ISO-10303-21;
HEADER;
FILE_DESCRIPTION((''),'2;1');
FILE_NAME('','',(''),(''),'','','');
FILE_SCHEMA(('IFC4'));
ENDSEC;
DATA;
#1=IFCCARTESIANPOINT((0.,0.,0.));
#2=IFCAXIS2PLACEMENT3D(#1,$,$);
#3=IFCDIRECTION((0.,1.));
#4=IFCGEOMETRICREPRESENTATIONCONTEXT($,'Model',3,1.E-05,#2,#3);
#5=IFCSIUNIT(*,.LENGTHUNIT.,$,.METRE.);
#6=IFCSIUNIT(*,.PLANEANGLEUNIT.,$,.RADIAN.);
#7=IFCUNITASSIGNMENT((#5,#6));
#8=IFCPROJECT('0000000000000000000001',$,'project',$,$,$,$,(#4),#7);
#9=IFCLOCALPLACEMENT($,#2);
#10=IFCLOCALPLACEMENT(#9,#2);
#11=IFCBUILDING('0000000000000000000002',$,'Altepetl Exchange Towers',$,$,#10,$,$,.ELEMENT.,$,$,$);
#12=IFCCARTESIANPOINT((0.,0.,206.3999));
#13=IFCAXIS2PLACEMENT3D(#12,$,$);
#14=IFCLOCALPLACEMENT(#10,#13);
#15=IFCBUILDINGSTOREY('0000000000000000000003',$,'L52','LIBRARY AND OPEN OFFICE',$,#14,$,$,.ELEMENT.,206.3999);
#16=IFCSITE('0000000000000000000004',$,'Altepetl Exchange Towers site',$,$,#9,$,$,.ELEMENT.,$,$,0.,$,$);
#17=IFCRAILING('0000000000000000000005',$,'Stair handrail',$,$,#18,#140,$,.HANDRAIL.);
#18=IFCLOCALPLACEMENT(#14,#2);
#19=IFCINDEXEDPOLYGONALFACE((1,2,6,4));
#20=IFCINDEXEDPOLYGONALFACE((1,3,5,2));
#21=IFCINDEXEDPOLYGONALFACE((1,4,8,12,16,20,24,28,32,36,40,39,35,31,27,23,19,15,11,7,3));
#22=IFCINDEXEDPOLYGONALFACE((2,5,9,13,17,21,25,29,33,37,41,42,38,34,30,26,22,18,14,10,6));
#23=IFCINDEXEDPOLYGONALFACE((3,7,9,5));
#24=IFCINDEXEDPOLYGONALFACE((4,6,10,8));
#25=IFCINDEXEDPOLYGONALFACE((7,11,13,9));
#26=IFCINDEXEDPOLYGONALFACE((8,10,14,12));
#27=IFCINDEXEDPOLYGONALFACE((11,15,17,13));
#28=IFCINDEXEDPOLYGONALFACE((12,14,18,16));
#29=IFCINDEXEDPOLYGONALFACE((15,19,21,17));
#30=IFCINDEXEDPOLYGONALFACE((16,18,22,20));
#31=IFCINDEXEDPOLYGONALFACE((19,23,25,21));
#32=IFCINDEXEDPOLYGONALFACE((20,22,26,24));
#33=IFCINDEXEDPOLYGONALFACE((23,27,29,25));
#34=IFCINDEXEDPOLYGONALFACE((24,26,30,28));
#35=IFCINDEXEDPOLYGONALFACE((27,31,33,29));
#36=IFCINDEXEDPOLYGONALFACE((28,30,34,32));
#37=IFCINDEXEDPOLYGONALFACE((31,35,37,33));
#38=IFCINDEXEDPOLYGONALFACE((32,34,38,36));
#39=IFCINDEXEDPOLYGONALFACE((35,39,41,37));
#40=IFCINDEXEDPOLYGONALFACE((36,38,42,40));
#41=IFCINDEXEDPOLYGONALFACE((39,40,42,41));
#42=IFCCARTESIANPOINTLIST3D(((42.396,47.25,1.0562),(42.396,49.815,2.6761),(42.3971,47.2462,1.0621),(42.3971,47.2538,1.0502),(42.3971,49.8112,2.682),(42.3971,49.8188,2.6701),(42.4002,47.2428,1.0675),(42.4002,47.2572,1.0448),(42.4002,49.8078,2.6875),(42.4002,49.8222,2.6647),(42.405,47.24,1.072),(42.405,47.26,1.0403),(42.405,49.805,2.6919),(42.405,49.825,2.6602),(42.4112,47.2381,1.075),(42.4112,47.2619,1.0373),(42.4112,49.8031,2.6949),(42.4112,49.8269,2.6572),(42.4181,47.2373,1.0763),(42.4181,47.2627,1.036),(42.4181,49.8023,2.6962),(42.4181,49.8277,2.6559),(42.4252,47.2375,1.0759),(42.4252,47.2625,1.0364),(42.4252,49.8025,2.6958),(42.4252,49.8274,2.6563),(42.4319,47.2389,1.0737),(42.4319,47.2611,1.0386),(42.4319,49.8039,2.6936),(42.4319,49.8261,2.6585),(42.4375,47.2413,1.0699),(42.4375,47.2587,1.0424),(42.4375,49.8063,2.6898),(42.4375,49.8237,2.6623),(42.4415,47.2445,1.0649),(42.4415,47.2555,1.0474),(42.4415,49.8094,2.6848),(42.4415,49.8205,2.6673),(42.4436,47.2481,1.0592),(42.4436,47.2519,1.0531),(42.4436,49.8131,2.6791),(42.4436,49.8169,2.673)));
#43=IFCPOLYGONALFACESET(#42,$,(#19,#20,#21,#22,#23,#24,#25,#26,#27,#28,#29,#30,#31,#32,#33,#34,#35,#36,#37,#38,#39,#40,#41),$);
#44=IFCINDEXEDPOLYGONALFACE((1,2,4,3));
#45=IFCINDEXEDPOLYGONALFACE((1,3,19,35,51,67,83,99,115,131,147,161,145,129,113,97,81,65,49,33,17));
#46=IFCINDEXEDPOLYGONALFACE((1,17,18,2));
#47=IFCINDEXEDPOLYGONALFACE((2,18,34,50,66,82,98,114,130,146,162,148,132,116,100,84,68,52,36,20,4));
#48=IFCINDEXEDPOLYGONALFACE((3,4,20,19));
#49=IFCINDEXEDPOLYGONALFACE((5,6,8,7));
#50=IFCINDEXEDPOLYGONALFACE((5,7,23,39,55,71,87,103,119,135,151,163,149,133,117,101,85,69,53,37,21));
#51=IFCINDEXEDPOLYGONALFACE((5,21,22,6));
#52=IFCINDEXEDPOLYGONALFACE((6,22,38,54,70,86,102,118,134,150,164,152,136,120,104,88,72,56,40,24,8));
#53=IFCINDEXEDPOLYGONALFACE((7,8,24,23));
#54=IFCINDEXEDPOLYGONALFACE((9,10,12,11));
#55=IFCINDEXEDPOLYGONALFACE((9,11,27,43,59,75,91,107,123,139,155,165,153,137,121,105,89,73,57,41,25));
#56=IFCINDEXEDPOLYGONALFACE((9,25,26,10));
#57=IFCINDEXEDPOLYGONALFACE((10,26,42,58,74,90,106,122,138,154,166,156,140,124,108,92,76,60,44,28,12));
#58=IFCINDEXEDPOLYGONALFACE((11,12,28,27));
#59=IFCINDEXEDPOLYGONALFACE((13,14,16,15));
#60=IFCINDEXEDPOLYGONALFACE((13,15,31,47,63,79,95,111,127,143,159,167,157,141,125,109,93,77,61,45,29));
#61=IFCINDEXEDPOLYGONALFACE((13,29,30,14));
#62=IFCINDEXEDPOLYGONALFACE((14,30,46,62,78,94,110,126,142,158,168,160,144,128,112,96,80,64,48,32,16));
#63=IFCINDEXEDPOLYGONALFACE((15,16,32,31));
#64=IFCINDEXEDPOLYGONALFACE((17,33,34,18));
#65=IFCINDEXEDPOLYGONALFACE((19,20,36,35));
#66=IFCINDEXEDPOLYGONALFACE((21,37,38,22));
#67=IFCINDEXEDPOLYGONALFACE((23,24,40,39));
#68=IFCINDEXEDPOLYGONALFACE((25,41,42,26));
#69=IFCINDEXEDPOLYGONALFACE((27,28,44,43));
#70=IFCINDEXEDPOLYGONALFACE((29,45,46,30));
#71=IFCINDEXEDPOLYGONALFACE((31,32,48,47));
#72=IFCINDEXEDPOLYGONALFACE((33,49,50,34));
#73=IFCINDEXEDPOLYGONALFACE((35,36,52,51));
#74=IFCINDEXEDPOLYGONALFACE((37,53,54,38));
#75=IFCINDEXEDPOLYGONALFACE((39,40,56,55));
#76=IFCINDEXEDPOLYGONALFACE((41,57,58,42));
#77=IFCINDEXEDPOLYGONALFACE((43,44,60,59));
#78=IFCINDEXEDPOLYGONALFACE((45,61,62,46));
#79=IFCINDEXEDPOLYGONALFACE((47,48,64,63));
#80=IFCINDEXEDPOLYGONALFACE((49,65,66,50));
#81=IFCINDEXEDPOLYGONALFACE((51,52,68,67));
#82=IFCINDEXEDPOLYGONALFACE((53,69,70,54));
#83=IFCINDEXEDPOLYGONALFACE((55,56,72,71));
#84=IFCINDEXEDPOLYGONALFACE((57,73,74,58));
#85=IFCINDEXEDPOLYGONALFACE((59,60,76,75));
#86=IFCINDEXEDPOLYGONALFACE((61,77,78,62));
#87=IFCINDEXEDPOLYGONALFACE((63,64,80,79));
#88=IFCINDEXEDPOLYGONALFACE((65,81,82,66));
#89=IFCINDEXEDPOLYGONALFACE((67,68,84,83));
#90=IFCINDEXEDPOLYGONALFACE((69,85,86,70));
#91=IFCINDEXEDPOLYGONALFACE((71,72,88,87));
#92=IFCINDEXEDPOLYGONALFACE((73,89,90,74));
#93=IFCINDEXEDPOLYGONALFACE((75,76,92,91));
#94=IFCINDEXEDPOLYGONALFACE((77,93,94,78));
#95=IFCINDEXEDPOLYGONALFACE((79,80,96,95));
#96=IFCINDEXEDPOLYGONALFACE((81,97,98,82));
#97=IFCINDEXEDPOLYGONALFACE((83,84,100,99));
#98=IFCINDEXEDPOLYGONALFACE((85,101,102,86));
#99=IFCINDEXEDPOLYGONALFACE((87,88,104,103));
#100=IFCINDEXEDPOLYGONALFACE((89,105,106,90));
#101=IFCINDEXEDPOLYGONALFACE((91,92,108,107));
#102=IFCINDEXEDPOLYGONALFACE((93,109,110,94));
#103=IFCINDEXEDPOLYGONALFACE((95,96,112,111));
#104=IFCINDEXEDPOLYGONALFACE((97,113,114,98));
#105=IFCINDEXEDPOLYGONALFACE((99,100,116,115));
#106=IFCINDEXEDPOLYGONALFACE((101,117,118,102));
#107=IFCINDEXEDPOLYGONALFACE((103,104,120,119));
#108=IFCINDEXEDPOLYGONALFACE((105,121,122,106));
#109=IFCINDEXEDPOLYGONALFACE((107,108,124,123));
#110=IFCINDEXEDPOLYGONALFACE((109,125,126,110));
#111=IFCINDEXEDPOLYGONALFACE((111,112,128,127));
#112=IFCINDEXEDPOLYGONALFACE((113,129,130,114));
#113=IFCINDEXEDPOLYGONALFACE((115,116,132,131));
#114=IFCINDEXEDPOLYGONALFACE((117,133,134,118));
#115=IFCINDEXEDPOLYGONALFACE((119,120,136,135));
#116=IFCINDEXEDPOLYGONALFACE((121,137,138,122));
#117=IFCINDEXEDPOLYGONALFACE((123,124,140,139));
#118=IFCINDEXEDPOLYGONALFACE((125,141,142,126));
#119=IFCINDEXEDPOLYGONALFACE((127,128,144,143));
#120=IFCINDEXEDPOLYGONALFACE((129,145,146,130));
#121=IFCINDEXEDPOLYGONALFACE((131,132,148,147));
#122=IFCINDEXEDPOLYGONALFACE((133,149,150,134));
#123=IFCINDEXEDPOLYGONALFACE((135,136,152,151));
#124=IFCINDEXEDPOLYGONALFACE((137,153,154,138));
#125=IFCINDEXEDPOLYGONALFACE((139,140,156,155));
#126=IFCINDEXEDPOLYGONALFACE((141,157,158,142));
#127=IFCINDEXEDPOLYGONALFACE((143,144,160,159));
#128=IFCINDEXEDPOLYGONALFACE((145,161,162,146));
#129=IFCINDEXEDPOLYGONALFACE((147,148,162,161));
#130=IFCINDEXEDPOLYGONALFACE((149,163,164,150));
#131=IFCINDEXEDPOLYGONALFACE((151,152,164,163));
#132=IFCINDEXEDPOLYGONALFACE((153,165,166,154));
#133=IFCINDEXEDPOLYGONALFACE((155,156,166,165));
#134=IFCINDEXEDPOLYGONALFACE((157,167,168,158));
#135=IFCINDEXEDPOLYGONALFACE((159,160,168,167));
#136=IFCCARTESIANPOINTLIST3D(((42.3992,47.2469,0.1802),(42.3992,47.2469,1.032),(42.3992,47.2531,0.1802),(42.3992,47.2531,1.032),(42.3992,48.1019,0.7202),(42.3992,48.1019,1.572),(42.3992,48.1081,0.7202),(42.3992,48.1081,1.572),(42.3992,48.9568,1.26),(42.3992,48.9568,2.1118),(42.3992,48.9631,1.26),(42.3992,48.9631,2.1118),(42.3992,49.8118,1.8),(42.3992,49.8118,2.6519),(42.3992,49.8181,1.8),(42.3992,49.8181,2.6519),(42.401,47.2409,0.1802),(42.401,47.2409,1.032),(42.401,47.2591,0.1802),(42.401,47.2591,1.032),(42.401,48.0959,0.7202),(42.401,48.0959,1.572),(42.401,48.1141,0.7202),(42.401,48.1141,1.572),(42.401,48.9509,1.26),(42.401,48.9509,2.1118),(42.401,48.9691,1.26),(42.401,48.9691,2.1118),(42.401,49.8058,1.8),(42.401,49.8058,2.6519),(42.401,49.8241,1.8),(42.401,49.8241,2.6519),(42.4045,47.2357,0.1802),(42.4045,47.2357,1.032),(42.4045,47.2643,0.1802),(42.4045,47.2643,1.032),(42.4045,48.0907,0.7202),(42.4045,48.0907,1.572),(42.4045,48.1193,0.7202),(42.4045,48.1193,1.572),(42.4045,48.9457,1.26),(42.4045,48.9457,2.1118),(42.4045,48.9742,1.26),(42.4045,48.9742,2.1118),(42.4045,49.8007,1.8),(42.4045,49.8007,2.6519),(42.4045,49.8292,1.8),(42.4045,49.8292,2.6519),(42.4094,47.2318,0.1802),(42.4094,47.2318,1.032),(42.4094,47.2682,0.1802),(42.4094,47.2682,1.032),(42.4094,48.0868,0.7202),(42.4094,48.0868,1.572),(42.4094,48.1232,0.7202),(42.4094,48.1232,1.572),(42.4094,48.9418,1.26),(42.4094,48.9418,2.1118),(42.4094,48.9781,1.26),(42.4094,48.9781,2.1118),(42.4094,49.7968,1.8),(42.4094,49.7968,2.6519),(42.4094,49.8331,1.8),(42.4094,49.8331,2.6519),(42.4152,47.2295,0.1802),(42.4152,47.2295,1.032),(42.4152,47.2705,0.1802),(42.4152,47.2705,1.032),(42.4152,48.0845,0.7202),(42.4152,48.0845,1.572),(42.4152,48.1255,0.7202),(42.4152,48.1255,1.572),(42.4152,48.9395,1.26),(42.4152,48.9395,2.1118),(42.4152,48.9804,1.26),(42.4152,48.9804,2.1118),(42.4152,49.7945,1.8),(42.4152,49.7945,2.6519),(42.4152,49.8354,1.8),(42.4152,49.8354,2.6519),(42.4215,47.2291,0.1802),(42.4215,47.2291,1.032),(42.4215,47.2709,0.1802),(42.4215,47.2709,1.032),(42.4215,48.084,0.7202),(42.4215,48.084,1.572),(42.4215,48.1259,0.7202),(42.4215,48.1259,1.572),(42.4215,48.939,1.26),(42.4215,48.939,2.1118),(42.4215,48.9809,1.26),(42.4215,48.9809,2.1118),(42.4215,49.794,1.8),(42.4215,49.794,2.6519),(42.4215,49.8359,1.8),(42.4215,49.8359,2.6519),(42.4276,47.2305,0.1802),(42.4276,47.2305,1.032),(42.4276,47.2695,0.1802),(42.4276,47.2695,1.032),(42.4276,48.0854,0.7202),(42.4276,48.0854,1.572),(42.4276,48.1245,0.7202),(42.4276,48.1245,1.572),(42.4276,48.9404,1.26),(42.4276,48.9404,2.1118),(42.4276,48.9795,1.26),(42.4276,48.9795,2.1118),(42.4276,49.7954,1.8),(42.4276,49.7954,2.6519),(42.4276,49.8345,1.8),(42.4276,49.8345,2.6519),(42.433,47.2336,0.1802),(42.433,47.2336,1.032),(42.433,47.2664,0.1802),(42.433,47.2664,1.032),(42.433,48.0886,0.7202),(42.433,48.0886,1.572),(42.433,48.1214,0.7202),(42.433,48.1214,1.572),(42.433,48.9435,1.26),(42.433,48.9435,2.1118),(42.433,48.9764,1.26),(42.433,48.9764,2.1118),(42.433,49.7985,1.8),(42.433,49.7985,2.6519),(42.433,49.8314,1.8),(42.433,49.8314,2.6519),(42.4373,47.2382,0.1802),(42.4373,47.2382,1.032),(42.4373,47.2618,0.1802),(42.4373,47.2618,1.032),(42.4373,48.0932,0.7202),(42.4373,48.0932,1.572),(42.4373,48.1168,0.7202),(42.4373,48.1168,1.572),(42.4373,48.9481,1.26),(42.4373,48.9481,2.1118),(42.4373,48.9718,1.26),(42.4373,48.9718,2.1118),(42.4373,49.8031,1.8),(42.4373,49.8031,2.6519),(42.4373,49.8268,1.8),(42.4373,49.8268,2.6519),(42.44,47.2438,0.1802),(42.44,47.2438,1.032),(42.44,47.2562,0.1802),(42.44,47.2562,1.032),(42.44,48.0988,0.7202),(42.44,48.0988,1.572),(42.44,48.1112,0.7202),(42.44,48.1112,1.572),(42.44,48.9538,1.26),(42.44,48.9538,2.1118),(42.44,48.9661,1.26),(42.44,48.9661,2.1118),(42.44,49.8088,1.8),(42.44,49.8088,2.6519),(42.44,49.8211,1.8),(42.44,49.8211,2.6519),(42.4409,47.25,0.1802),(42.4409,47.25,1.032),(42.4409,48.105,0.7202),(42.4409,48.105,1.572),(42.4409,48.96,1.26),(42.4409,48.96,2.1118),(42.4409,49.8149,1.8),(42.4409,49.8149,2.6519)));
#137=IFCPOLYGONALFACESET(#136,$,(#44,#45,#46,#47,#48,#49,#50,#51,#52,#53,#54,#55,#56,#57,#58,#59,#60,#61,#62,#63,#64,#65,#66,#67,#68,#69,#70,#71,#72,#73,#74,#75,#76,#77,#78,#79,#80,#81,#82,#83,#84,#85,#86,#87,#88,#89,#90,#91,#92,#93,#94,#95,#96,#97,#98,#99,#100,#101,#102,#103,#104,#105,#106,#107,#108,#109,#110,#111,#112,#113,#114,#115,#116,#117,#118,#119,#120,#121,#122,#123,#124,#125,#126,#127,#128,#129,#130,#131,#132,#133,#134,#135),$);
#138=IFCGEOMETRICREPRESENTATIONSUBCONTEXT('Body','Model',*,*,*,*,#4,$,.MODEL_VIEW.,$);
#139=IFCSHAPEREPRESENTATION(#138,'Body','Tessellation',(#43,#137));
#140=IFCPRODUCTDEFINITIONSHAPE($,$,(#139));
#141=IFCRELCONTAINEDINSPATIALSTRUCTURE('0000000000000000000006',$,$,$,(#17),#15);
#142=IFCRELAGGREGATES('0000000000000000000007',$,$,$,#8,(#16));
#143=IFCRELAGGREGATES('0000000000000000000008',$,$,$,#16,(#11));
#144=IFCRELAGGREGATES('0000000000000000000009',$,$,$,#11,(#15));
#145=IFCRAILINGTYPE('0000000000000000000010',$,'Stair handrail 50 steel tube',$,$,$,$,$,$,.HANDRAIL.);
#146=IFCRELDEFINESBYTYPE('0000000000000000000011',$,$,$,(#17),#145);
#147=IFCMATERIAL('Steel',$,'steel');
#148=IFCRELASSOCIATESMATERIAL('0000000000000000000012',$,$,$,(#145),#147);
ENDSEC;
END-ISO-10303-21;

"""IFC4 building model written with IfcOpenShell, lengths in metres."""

from ifc_helpers import new_model, si_unit, direction, frame, origin, origin_2d, place, context, subcontext, project, spatial, circle, extrude, source, transform, mapped, material, type_object, element, save


model = new_model("IFC4")

# Units and contexts
model_context = context("Model", 3, precision=1e-05, world=origin(), true_north=direction((0.0, 1.0)))
body_context = subcontext(model_context, "Body", "Model", "MODEL_VIEW")
ifc_project = project(units=[si_unit("LENGTHUNIT", "METRE"), si_unit("PLANEANGLEUNIT", "RADIAN")], contexts=[model_context])

# Site, building, storey
site_placement = place(None, origin())
site = spatial("IfcSite", under=ifc_project, at=site_placement, Name="Altepetl Exchange Towers site", CompositionType="ELEMENT", RefElevation=0.0)
building_placement = place(site_placement, origin())
building = spatial("IfcBuilding", under=site, at=building_placement, Name="Altepetl Exchange Towers", CompositionType="ELEMENT")
storey_placement = place(building_placement, frame((0.0, 0.0, 206.3999)))
storey = spatial("IfcBuildingStorey", under=building, at=storey_placement, Name="L52", Description="LIBRARY AND OPEN OFFICE", CompositionType="ELEMENT", Elevation=206.3999)

# Railing
ifc_material_1 = material(Name="Steel", Category="steel")
railing_type = type_object("IfcRailingType", Name="Stair handrail 50 steel tube", PredefinedType="HANDRAIL", material=ifc_material_1)
shared_shape = source(origin(), body_context, "Body", "SweptSolid", [
    extrude(circle(Radius=0.021, at=origin_2d()), origin(), (0.0, 0.0, 1.0), 0.8518),
])
railing_1_placement = place(storey_placement, frame((42.4199, 47.25, 0.1802)))
element("IfcRailing", 1, at=railing_1_placement, inside=storey, type_object=railing_type, Name="Stair handrail", PredefinedType="HANDRAIL", context=body_context, shape_type="SweptSolid", body=[
    extrude(circle(Radius=0.0239, at=origin_2d()), frame((0.0, 0.0, 0.876), z_axis=(0.0, 0.845502, 0.533972), x_axis=(-1.0, 0.0, 0.0)), (0.0, 0.0, 1.0), 3.0337),
    mapped(shared_shape, transform((0.0, 0.0, 0.0))),
    mapped(shared_shape, transform((0.0, 0.855, 0.54))),
    mapped(shared_shape, transform((0.0, 1.71, 1.0798))),
    mapped(shared_shape, transform((0.0, 2.5649, 1.6199))),
])

save(model, "model.ifc")
